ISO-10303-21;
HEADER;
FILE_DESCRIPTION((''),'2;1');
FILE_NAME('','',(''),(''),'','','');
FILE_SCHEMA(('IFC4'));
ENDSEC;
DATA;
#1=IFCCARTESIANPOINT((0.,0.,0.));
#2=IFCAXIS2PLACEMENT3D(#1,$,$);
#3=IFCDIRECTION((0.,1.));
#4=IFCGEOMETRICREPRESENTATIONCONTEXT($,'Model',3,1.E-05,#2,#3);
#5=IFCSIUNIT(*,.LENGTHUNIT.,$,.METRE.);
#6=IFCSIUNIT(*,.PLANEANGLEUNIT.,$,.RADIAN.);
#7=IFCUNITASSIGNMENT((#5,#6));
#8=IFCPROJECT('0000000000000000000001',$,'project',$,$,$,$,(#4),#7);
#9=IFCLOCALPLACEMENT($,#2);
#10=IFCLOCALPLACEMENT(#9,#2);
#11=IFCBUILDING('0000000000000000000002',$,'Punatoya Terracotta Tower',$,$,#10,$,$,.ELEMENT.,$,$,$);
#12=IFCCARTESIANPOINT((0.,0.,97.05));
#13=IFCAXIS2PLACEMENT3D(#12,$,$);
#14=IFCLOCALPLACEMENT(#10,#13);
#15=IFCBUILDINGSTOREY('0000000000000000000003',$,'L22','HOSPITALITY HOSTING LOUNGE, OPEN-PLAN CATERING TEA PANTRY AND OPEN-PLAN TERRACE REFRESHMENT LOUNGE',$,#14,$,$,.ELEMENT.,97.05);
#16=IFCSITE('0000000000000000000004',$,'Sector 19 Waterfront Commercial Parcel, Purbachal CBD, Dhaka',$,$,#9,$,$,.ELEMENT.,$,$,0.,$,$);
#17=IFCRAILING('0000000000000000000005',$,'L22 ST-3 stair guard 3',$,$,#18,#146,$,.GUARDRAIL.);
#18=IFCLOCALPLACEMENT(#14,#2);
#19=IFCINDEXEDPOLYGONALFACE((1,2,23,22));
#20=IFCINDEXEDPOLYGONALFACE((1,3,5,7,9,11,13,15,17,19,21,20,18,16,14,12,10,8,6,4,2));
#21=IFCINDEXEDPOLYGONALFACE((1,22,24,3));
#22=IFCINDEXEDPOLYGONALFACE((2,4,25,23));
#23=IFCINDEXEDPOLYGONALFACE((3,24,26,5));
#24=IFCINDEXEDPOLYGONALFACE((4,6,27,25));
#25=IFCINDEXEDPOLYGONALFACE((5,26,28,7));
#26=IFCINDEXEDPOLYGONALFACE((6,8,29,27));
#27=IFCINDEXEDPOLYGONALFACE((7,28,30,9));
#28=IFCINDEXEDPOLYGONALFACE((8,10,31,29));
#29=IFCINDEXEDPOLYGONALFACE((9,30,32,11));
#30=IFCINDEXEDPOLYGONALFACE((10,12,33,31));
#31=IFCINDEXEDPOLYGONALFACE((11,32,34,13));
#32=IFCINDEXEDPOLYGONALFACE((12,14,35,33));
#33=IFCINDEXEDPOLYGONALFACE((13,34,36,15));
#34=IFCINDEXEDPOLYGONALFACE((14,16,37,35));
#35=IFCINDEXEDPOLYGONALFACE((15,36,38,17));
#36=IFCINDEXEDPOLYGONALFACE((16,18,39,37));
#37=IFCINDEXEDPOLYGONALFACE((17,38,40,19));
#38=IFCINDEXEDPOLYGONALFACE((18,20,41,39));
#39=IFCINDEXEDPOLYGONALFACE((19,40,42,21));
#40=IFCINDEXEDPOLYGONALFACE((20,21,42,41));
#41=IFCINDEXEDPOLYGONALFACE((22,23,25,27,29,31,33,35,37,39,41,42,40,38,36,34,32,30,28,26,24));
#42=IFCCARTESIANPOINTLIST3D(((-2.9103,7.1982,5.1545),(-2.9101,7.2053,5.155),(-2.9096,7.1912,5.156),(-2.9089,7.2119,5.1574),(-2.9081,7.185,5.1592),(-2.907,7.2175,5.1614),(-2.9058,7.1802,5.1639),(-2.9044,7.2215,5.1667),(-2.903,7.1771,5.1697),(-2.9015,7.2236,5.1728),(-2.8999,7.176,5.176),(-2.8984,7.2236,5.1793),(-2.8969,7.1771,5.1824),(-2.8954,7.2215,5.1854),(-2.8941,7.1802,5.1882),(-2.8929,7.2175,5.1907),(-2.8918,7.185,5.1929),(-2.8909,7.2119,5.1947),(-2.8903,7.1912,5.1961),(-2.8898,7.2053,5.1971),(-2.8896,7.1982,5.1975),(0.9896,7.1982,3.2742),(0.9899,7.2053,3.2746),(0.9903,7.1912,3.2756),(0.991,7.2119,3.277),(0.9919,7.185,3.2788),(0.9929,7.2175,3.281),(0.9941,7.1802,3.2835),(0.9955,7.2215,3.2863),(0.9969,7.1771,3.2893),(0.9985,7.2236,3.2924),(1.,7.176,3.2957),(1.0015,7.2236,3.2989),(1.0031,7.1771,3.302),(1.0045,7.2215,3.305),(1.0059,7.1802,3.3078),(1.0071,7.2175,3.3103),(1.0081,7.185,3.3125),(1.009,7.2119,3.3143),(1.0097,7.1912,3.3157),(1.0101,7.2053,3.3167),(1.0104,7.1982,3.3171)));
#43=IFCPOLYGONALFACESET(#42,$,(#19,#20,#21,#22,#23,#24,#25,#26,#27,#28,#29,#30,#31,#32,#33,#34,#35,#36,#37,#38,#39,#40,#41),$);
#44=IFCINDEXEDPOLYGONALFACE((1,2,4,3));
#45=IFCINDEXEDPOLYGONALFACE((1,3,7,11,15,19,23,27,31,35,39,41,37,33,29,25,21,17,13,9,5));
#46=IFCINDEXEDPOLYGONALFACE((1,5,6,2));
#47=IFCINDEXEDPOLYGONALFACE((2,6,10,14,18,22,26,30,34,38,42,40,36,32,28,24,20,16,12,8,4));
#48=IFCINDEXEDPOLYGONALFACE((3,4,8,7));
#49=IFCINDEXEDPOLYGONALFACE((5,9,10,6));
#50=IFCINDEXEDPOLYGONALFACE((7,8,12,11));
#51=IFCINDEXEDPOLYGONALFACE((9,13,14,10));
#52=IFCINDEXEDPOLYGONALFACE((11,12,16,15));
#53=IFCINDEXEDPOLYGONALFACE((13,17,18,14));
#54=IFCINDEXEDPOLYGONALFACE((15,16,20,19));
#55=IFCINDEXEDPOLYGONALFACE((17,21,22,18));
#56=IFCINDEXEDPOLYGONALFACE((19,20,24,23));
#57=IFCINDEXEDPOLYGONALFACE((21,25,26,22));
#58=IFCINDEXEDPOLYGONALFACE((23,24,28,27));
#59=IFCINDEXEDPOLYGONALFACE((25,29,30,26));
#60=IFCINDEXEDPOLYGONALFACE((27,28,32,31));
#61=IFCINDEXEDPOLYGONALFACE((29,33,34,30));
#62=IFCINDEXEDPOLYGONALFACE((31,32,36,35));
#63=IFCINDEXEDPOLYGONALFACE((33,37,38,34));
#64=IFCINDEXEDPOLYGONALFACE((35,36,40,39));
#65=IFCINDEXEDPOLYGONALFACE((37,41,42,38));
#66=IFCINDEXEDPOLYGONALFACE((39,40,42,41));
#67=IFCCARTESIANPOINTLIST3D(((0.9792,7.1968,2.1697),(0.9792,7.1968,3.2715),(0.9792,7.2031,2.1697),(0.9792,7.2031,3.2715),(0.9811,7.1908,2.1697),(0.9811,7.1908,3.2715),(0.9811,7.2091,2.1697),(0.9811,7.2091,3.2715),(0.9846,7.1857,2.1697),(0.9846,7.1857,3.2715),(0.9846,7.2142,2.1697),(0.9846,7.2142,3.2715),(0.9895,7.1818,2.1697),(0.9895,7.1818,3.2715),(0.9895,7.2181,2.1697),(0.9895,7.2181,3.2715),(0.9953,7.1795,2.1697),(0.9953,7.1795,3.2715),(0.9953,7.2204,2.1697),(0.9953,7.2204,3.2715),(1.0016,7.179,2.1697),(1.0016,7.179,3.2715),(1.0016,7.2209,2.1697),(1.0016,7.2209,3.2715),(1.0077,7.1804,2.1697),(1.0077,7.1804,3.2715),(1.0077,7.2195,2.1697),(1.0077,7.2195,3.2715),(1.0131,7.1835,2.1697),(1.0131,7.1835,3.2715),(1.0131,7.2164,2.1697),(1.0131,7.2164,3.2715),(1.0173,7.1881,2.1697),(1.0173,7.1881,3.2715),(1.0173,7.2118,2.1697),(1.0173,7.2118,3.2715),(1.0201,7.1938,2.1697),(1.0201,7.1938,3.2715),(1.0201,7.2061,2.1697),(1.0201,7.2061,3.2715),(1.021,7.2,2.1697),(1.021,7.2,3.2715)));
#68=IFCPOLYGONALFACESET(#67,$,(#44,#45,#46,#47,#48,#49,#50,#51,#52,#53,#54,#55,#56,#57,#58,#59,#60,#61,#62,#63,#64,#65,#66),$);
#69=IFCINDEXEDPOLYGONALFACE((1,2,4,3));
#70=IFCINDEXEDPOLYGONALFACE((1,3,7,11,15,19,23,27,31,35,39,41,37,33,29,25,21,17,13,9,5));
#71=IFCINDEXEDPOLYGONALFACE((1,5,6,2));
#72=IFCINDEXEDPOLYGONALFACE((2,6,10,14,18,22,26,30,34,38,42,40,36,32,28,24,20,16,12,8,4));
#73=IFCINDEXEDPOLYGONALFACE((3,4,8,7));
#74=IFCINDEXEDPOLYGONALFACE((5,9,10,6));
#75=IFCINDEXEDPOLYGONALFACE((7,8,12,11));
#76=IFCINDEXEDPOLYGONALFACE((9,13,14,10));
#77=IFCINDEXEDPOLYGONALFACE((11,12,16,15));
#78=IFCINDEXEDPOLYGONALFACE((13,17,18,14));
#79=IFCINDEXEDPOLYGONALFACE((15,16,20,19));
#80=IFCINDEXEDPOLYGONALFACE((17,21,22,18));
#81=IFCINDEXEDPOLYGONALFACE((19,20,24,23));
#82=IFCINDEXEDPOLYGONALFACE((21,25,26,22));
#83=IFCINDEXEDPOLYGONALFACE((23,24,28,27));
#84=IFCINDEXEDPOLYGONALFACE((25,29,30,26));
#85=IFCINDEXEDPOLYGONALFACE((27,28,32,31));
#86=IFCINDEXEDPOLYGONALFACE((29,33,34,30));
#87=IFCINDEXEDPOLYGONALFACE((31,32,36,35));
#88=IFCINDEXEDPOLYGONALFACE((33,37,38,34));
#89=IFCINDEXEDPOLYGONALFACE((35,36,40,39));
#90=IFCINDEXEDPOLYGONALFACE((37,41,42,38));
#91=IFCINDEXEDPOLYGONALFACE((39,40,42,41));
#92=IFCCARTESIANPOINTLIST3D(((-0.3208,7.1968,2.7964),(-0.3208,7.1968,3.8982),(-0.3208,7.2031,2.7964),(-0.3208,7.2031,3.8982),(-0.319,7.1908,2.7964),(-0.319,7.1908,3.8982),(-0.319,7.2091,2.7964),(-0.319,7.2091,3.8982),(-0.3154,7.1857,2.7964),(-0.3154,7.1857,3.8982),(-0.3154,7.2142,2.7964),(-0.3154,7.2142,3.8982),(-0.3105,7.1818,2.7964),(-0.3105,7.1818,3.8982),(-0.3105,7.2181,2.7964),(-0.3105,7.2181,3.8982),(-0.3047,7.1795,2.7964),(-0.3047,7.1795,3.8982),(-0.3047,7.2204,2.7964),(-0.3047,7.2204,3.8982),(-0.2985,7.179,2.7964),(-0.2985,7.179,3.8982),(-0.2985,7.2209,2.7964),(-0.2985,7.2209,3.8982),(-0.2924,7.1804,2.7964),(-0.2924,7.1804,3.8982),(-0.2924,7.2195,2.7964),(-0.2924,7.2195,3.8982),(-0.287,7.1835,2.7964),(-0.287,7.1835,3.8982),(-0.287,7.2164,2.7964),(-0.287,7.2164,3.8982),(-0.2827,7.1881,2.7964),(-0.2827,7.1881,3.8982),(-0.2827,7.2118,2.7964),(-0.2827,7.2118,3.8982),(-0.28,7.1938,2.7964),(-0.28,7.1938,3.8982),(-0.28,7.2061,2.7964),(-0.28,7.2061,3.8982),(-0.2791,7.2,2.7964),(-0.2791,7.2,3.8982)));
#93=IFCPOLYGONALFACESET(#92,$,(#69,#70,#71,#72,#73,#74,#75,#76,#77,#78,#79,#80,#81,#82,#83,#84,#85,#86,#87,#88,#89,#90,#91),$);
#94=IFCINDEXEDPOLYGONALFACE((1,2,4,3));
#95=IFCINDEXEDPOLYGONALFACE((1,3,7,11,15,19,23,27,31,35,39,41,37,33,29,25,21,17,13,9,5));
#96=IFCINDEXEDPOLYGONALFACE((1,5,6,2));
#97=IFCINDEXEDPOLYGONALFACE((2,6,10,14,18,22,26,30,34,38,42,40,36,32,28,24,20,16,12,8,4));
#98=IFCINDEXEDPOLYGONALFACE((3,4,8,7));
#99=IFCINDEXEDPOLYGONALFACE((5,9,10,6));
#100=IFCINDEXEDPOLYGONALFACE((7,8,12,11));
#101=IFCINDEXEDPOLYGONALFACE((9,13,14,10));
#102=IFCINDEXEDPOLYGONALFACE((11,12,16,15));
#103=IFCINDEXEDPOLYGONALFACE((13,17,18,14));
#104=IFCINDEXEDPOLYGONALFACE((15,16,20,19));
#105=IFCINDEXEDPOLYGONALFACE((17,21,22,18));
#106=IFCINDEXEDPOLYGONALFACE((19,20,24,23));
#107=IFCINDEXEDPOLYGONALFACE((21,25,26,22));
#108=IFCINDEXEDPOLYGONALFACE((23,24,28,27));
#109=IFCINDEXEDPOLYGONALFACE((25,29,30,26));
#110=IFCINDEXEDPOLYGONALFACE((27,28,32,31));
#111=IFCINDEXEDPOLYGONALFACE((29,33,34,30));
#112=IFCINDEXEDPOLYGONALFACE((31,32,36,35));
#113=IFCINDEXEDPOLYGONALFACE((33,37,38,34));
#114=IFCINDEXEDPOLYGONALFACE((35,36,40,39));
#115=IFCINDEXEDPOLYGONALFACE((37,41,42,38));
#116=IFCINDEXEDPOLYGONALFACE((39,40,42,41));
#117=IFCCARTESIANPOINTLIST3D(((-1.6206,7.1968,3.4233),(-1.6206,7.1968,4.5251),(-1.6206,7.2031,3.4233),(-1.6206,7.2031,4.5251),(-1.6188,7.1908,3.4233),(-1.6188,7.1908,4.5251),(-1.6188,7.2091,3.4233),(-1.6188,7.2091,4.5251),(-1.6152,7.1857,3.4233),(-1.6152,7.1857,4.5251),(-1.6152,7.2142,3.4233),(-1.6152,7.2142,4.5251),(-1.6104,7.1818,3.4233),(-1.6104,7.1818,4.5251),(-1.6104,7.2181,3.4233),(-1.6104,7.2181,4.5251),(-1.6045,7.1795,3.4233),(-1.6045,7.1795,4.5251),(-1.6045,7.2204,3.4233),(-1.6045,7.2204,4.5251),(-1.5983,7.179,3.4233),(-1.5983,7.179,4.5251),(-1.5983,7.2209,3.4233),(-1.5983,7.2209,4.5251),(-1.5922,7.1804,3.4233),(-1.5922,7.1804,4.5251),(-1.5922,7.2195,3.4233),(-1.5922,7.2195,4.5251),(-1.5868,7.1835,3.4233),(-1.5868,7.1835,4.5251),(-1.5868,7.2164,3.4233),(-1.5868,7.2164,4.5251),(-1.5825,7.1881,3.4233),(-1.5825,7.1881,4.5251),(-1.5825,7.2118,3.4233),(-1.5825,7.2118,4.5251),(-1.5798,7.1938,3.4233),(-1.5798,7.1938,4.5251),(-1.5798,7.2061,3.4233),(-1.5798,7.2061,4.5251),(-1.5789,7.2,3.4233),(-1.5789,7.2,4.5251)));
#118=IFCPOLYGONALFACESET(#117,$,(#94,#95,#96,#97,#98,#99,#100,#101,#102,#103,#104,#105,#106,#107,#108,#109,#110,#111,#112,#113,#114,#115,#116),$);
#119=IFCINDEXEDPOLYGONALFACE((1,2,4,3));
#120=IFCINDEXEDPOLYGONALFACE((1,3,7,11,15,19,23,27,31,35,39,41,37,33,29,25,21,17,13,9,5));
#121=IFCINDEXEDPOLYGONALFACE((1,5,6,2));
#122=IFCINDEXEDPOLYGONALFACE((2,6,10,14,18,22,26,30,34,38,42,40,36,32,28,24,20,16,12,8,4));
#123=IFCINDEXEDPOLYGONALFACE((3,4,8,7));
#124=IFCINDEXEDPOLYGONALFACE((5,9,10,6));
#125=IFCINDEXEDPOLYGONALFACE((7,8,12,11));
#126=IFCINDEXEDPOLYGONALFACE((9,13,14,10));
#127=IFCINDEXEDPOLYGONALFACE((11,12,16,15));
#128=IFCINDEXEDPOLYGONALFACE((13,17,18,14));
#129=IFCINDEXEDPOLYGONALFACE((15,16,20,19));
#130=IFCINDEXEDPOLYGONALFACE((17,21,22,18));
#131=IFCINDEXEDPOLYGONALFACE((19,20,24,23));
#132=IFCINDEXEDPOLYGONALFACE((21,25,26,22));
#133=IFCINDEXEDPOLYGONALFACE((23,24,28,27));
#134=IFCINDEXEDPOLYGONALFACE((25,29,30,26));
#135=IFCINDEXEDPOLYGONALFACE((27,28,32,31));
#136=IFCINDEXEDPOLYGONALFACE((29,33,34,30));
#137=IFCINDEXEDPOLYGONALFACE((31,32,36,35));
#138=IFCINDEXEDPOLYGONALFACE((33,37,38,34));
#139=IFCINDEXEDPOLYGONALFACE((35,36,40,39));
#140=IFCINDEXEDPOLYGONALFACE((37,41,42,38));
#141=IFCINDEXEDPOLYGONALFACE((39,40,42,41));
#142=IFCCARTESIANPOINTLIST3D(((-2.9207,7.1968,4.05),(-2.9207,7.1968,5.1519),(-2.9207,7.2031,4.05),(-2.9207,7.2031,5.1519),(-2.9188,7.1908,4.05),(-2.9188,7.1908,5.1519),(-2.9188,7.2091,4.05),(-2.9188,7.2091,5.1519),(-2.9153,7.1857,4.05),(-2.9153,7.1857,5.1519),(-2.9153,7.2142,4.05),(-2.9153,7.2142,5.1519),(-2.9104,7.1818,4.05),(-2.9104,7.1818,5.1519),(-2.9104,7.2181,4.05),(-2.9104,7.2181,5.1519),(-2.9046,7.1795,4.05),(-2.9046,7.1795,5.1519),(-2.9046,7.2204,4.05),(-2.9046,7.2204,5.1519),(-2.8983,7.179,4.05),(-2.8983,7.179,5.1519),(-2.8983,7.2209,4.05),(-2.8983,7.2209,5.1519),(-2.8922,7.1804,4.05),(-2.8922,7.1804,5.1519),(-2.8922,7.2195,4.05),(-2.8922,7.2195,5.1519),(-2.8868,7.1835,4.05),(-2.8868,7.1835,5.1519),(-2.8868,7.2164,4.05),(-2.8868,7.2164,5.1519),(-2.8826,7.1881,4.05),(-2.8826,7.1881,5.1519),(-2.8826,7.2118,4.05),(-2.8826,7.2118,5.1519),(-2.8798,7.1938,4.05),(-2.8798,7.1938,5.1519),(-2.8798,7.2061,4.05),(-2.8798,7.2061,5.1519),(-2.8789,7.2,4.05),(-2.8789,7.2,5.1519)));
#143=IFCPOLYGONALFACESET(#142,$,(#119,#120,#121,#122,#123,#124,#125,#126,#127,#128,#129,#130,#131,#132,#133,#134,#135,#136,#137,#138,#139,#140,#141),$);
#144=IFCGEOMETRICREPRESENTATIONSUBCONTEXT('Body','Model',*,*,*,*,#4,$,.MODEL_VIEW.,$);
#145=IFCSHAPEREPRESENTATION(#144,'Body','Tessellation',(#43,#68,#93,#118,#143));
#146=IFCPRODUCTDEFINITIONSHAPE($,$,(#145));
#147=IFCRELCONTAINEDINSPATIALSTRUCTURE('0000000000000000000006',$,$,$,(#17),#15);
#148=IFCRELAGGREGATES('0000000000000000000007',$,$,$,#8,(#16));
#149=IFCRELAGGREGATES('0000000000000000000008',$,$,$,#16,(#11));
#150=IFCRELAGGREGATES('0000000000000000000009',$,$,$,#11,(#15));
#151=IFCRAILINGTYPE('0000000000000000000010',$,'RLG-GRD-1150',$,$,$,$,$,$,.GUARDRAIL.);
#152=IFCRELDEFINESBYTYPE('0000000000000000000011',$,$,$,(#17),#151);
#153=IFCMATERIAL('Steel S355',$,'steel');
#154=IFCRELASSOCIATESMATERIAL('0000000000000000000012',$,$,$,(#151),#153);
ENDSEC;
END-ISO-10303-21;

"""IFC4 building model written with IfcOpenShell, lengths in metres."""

from ifc_helpers import new_model, si_unit, direction, frame, origin, origin_2d, place, context, subcontext, project, spatial, circle, extrude, material, type_object, element, save


model = new_model("IFC4")

# Units and contexts
model_context = context("Model", 3, precision=1e-05, world=origin(), true_north=direction((0.0, 1.0)))
body_context = subcontext(model_context, "Body", "Model", "MODEL_VIEW")
ifc_project = project(units=[si_unit("LENGTHUNIT", "METRE"), si_unit("PLANEANGLEUNIT", "RADIAN")], contexts=[model_context])

# Site, building, storey
site_placement = place(None, origin())
site = spatial("IfcSite", under=ifc_project, at=site_placement, Name="Sector 19 Waterfront Commercial Parcel, Purbachal CBD, Dhaka", CompositionType="ELEMENT", RefElevation=0.0)
building_placement = place(site_placement, origin())
building = spatial("IfcBuilding", under=site, at=building_placement, Name="Punatoya Terracotta Tower", CompositionType="ELEMENT")
storey_placement = place(building_placement, frame((0.0, 0.0, 97.05)))
storey = spatial("IfcBuildingStorey", under=building, at=storey_placement, Name="L22", Description="HOSPITALITY HOSTING LOUNGE, OPEN-PLAN CATERING TEA PANTRY AND OPEN-PLAN TERRACE REFRESHMENT LOUNGE", CompositionType="ELEMENT", Elevation=97.05)

# Shared definitions
ifc_material_1 = material(Name="Steel S355", Category="steel")

# Railing
railing_type_1 = type_object("IfcRailingType", Name="RLG-GRD-1150", PredefinedType="GUARDRAIL", material=ifc_material_1)
railing_1_placement = place(storey_placement, frame((1.0, 7.2, 2.1697)))
element("IfcRailing", 1, at=railing_1_placement, inside=storey, type_object=railing_type_1, Name="L22 ST-3 stair guard 3", PredefinedType="GUARDRAIL", context=body_context, shape_type="SweptSolid", body=[
    extrude(circle(Radius=0.0239, at=origin_2d()), frame((0.0, 0.0, 1.126), z_axis=(-0.900763, 0.0, 0.434311), x_axis=(0.0, -1.0, 0.0)), (0.0, 0.0, 1.0), 4.3296),
    extrude(circle(Radius=0.021, at=origin_2d()), origin(), (0.0, 0.0, 1.0), 1.1018),
    extrude(circle(Radius=0.021, at=origin_2d()), frame((-1.3, 0.0, 0.6267)), (0.0, 0.0, 1.0), 1.1018),
    extrude(circle(Radius=0.021, at=origin_2d()), frame((-2.5999, 0.0, 1.2537)), (0.0, 0.0, 1.0), 1.1018),
    extrude(circle(Radius=0.021, at=origin_2d()), frame((-3.8999, 0.0, 1.8804)), (0.0, 0.0, 1.0), 1.1018),
])

save(model, "model.ifc")
